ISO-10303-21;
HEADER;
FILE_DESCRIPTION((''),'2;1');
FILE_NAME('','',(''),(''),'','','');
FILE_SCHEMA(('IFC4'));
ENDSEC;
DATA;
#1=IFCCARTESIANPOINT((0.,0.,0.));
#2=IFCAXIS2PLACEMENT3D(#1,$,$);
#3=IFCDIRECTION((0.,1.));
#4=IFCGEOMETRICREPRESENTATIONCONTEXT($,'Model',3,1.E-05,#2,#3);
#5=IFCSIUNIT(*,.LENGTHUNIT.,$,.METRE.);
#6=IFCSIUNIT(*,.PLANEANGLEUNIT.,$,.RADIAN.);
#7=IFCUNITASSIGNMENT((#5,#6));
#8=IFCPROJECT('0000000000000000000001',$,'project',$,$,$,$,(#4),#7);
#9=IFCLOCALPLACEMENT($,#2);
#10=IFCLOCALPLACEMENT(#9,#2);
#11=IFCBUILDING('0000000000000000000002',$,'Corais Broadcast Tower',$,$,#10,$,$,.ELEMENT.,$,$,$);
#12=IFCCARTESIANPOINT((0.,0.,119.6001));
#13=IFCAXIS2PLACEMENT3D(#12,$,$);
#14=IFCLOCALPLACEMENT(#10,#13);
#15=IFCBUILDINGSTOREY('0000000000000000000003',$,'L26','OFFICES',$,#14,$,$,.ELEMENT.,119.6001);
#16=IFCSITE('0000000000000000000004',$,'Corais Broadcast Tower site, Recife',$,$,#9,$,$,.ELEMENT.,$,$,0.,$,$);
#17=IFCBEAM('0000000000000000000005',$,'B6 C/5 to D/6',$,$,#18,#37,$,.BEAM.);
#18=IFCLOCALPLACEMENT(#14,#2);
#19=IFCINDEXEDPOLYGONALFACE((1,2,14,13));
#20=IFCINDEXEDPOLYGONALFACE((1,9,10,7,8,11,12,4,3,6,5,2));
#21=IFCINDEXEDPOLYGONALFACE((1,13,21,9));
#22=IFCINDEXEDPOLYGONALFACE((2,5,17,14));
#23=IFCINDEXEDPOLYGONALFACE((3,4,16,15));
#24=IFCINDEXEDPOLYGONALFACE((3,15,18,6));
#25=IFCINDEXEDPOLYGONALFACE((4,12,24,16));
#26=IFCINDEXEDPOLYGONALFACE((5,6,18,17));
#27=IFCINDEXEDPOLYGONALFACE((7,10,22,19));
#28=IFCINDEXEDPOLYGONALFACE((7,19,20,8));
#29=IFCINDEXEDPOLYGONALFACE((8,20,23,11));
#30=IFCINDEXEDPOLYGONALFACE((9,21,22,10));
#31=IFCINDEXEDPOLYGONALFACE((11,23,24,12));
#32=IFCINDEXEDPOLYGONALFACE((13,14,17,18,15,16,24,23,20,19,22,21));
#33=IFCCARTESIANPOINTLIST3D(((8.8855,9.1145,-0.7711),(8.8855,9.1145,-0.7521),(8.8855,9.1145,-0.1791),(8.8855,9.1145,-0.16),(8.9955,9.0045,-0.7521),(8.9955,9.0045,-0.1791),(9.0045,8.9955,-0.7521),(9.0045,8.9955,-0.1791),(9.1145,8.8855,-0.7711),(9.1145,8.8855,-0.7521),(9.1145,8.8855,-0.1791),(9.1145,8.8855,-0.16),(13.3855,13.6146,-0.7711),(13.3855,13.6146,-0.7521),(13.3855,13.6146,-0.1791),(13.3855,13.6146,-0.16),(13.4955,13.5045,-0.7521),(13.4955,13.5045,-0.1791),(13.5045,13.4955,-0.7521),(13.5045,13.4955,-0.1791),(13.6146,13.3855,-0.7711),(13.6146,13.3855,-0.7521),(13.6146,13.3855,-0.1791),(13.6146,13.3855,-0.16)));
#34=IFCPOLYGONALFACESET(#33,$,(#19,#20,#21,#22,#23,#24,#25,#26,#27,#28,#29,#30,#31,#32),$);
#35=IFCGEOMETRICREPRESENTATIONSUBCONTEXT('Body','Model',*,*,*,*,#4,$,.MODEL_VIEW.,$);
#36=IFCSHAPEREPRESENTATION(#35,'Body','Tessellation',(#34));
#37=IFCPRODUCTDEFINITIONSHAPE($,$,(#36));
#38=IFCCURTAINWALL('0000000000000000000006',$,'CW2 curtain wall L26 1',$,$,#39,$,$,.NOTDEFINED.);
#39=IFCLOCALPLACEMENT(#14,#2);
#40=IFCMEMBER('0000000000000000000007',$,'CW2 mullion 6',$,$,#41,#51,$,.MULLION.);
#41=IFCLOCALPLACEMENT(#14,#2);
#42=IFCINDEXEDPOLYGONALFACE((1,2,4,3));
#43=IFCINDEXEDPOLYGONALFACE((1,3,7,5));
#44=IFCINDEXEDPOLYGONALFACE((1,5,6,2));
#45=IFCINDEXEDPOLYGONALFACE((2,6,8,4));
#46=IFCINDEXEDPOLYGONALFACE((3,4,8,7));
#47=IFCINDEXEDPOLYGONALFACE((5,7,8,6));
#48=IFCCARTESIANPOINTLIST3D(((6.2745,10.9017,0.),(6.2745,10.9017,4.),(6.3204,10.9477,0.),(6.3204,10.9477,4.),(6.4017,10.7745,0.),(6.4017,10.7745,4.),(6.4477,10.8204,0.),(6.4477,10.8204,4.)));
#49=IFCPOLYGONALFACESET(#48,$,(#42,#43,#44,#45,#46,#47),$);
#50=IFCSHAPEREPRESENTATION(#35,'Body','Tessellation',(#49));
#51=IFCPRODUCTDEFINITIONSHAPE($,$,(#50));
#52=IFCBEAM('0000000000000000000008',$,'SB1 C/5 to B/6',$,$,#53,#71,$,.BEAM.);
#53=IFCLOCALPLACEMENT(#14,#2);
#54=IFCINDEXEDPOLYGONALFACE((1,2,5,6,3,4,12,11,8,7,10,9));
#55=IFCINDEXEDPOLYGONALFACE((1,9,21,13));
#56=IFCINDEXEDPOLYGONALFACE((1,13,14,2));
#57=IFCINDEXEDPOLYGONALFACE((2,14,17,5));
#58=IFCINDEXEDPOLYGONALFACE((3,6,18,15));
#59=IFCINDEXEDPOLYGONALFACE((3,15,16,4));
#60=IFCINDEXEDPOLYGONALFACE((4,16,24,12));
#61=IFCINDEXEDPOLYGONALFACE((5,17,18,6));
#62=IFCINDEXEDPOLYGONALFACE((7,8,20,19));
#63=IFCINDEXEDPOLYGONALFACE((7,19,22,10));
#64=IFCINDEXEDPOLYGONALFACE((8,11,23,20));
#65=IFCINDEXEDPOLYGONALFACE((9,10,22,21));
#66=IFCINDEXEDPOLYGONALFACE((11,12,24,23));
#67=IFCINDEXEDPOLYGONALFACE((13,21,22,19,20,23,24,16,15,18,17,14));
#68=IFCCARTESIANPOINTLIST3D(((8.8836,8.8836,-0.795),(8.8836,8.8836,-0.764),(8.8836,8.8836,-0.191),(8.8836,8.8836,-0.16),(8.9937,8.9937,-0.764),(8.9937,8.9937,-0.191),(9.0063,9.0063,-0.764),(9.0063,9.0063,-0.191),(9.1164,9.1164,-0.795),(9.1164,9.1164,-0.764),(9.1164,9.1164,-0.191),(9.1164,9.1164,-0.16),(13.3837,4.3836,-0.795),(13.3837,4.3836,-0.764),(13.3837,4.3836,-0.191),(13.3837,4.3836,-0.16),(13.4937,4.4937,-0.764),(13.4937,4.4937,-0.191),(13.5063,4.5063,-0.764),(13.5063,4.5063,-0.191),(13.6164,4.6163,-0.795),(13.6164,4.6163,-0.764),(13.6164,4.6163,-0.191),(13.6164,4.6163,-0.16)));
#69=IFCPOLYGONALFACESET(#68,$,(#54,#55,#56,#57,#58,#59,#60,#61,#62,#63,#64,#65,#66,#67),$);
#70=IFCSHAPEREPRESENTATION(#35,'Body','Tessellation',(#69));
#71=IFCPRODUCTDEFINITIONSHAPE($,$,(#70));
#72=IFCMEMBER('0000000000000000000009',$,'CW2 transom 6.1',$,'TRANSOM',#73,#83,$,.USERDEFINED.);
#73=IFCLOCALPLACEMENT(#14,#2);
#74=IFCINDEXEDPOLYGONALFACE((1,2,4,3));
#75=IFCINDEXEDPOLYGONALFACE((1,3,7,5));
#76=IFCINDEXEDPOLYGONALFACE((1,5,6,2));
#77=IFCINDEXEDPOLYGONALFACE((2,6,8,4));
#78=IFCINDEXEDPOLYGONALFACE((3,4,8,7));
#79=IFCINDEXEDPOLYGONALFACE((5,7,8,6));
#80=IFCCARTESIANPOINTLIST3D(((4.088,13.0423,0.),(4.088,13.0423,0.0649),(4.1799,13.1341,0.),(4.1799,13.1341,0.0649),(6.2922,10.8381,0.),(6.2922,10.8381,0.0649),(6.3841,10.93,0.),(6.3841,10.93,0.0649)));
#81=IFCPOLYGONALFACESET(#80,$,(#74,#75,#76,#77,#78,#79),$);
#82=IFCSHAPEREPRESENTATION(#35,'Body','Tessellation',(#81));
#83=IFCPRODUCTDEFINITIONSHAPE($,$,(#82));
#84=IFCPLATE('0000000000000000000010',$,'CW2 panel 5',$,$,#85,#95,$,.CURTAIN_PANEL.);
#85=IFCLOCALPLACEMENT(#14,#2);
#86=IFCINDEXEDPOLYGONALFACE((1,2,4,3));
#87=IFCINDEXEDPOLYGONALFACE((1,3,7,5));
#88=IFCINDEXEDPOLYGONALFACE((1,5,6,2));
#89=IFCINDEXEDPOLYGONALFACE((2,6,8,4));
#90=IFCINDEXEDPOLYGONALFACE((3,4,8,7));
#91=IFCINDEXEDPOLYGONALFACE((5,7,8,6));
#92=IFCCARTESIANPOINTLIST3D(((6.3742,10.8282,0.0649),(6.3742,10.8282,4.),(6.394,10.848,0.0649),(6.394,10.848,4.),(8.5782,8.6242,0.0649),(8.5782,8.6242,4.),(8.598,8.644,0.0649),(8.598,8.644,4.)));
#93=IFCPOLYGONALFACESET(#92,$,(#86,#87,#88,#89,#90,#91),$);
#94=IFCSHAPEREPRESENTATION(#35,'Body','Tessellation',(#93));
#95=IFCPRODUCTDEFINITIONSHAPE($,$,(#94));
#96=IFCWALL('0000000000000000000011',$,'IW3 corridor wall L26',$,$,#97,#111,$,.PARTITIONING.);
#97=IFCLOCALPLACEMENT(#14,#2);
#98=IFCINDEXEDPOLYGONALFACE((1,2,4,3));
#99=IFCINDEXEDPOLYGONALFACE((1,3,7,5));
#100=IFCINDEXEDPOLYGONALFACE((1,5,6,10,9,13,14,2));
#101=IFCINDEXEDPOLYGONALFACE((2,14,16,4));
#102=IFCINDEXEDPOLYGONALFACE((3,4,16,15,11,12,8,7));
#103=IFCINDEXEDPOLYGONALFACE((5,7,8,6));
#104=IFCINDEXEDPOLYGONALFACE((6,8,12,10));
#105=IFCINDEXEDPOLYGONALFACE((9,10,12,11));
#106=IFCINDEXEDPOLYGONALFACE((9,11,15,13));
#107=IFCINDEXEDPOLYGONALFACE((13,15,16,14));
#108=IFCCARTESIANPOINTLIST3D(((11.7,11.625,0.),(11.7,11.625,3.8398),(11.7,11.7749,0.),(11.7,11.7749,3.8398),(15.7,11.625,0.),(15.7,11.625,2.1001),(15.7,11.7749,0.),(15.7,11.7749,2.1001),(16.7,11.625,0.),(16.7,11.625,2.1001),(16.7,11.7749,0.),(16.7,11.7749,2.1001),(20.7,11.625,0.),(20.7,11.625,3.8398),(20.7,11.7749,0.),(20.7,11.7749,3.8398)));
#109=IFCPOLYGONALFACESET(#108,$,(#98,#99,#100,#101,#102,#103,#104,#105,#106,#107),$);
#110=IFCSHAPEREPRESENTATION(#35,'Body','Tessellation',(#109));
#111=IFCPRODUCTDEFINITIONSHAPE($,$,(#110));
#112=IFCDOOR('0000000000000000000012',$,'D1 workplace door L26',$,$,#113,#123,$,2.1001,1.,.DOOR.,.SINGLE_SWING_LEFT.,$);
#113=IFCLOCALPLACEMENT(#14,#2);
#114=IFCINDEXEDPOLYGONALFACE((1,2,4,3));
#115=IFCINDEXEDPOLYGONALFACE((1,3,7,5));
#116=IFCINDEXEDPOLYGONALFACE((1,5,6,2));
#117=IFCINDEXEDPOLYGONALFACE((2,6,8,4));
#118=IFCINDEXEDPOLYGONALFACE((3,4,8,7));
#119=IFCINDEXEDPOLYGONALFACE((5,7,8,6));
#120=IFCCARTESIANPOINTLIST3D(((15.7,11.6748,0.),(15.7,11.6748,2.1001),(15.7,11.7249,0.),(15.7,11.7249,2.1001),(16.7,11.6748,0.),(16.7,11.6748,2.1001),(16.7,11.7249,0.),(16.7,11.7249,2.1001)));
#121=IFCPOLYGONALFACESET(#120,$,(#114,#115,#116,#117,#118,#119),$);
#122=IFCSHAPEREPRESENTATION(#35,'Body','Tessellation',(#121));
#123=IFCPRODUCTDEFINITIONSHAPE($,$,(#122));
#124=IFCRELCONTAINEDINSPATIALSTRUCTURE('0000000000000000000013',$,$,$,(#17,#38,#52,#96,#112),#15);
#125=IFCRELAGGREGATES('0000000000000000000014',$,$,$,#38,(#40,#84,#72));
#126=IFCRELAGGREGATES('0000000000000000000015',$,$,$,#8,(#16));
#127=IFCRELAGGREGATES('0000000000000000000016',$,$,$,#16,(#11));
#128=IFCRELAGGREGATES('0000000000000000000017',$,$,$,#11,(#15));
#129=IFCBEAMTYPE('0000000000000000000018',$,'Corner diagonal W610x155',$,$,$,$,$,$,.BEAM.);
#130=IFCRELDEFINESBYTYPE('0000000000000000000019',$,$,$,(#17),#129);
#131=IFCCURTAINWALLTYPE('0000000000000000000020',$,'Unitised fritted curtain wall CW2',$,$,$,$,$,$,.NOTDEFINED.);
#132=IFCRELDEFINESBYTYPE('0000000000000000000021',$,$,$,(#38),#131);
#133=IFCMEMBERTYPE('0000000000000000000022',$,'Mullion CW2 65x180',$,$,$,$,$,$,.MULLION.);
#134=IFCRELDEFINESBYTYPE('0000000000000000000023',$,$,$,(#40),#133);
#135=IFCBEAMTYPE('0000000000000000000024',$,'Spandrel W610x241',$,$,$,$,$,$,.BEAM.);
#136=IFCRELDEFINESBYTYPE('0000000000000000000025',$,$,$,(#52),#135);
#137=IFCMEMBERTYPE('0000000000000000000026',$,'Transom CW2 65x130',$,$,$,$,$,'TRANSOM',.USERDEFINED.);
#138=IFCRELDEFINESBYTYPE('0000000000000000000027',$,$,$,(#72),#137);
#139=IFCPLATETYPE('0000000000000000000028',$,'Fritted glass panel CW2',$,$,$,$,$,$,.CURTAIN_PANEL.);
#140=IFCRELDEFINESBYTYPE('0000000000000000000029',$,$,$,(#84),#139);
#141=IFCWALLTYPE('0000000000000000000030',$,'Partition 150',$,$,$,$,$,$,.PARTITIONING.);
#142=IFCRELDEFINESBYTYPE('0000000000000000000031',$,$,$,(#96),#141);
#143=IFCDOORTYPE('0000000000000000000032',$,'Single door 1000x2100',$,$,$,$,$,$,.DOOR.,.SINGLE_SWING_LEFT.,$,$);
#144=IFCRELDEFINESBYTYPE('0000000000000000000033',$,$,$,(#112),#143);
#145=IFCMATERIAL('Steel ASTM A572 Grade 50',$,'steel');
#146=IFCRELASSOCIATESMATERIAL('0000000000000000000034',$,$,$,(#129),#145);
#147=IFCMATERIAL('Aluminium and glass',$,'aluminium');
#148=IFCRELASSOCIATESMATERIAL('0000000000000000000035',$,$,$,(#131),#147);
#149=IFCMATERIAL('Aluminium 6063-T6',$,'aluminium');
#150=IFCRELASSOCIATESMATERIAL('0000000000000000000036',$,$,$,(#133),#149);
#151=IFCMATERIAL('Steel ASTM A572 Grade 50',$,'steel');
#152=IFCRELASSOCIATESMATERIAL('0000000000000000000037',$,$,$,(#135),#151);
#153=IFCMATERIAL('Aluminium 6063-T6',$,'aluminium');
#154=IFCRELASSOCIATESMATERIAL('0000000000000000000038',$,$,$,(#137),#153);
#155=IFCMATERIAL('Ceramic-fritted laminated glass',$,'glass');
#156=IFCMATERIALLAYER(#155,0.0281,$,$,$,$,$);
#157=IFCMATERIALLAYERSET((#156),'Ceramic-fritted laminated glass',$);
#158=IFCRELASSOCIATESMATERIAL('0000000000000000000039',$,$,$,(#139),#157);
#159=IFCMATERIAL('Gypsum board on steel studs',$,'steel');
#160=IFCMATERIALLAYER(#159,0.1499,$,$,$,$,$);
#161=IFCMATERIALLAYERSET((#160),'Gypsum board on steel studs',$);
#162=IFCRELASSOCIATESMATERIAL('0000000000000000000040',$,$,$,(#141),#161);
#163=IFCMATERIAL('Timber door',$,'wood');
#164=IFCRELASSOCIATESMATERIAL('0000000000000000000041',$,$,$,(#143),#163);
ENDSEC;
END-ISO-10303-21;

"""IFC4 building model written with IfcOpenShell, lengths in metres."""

from ifc_helpers import new_model, si_unit, direction, frame, frame_2d, origin, origin_2d, place, context, subcontext, project, spatial, rectangle, i_section, extrude, material, layer, layer_set, material_profile, profile_set, type_object, element, fill, aggregate, save


model = new_model("IFC4")

# Units and contexts
model_context = context("Model", 3, precision=1e-05, world=origin(), true_north=direction((0.0, 1.0)))
body_context = subcontext(model_context, "Body", "Model", "MODEL_VIEW")
ifc_project = project(units=[si_unit("LENGTHUNIT", "METRE"), si_unit("PLANEANGLEUNIT", "RADIAN")], contexts=[model_context])

# Site, building, storey
site_placement = place(None, origin())
site = spatial("IfcSite", under=ifc_project, at=site_placement, Name="Corais Broadcast Tower site, Recife", CompositionType="ELEMENT", RefElevation=0.0)
building_placement = place(site_placement, origin())
building = spatial("IfcBuilding", under=site, at=building_placement, Name="Corais Broadcast Tower", CompositionType="ELEMENT")
storey_placement = place(building_placement, frame((0.0, 0.0, 119.6001)))
storey = spatial("IfcBuildingStorey", under=building, at=storey_placement, Name="L26", Description="OFFICES", CompositionType="ELEMENT", Elevation=119.6001)

# Beam
ifc_material_1 = material(Name="Steel ASTM A572 Grade 50", Category="steel")
ifc_material_profile_1 = material_profile(ifc_material_1, i_section(OverallWidth=0.324, OverallDepth=0.6111, WebThickness=0.0127, FlangeThickness=0.019, at=origin_2d()), Name="W610x155")
ifc_profile_set_1 = profile_set([ifc_material_profile_1], Name="Steel ASTM A572 Grade 50")
beam_type_1 = type_object("IfcBeamType", Name="Corner diagonal W610x155", PredefinedType="BEAM", material=ifc_profile_set_1)
beam_1_placement = place(storey_placement, frame((9.0, 9.0, -0.4656), z_axis=(0.707107, 0.707107, 0.0), x_axis=(-0.707107, 0.707107, 0.0)))
element("IfcBeam", 1, at=beam_1_placement, inside=storey, type_object=beam_type_1, Name="B6 C/5 to D/6", PredefinedType="BEAM", context=body_context, shape_type="SweptSolid", body=[
    extrude(i_section(OverallWidth=0.324, OverallDepth=0.6111, WebThickness=0.0127, FlangeThickness=0.019, at=origin_2d()), origin(), (0.0, 0.0, 1.0), 6.364),
])

# Curtain wall, member
ifc_material_2 = material(Name="Aluminium and glass", Category="aluminium")
curtain_wall_type = type_object("IfcCurtainWallType", Name="Unitised fritted curtain wall CW2", PredefinedType="NOTDEFINED", material=ifc_material_2)
curtain_wall_placement = place(storey_placement, origin())
curtain_wall = element("IfcCurtainWall", 2, at=curtain_wall_placement, inside=storey, type_object=curtain_wall_type, Name="CW2 curtain wall L26 1", PredefinedType="NOTDEFINED")
ifc_material_3 = material(Name="Aluminium 6063-T6", Category="aluminium")
ifc_material_profile_2 = material_profile(ifc_material_3, rectangle(XDim=0.0649, YDim=0.1799, at=origin_2d()), Name="Mullion CW2 65x180")
ifc_profile_set_2 = profile_set([ifc_material_profile_2], Name="Aluminium 6063-T6")
member_type_1 = type_object("IfcMemberType", Name="Mullion CW2 65x180", PredefinedType="MULLION", material=ifc_profile_set_2)
member_1_placement = place(storey_placement, frame((6.3611, 10.8611, 0.0), z_axis=(0.0, 0.0, 1.0), x_axis=(-0.707107, -0.707107, 0.0)))
member_1 = element("IfcMember", 3, at=member_1_placement, type_object=member_type_1, Name="CW2 mullion 6", PredefinedType="MULLION", context=body_context, shape_type="SweptSolid", body=[
    extrude(rectangle(XDim=0.0649, YDim=0.1799, at=origin_2d()), origin(), (0.0, 0.0, 1.0), 4.0),
])

# Beam
ifc_material_4 = material(Name="Steel ASTM A572 Grade 50", Category="steel")
ifc_material_profile_3 = material_profile(ifc_material_4, i_section(OverallWidth=0.3291, OverallDepth=0.635, WebThickness=0.0178, FlangeThickness=0.031, at=origin_2d()), Name="W610x241")
ifc_profile_set_3 = profile_set([ifc_material_profile_3], Name="Steel ASTM A572 Grade 50")
beam_type_2 = type_object("IfcBeamType", Name="Spandrel W610x241", PredefinedType="BEAM", material=ifc_profile_set_3)
beam_2_placement = place(storey_placement, frame((9.0, 9.0, -0.4775), z_axis=(0.707107, -0.707107, 0.0), x_axis=(0.707107, 0.707107, 0.0)))
element("IfcBeam", 4, at=beam_2_placement, inside=storey, type_object=beam_type_2, Name="SB1 C/5 to B/6", PredefinedType="BEAM", context=body_context, shape_type="SweptSolid", body=[
    extrude(i_section(OverallWidth=0.3291, OverallDepth=0.635, WebThickness=0.0178, FlangeThickness=0.031, at=origin_2d()), origin(), (0.0, 0.0, 1.0), 6.364),
])

# Member
ifc_material_5 = material(Name="Aluminium 6063-T6", Category="aluminium")
ifc_material_profile_4 = material_profile(ifc_material_5, rectangle(XDim=0.1299, YDim=0.0649, at=origin_2d()), Name="Transom CW2 65x130")
ifc_profile_set_4 = profile_set([ifc_material_profile_4], Name="Aluminium 6063-T6")
member_type_2 = type_object("IfcMemberType", Name="Transom CW2 65x130", ElementType="TRANSOM", PredefinedType="USERDEFINED", material=ifc_profile_set_4)
member_2_placement = place(storey_placement, frame((6.3381, 10.884, 0.0325), z_axis=(-0.707107, 0.707107, 0.0), x_axis=(-0.707107, -0.707107, 0.0)))
member_2 = element("IfcMember", 5, at=member_2_placement, type_object=member_type_2, Name="CW2 transom 6.1", ObjectType="TRANSOM", PredefinedType="USERDEFINED", context=body_context, shape_type="SweptSolid", body=[
    extrude(rectangle(XDim=0.1299, YDim=0.0649, at=origin_2d()), origin(), (0.0, 0.0, 1.0), 3.1172),
])

# Plate
ifc_material_6 = material(Name="Ceramic-fritted laminated glass", Category="glass")
ifc_layer_1 = layer(ifc_material_6, 0.0281)
ifc_layer_set_1 = layer_set([ifc_layer_1], Name="Ceramic-fritted laminated glass")
plate_type = type_object("IfcPlateType", Name="Fritted glass panel CW2", PredefinedType="CURTAIN_PANEL", material=ifc_layer_set_1)
plate_placement = place(storey_placement, frame((7.4861, 9.7361, 0.0649), z_axis=(0.0, 0.0, 1.0), x_axis=(-0.707107, 0.707107, 0.0)))
plate = element("IfcPlate", 6, at=plate_placement, type_object=plate_type, Name="CW2 panel 5", PredefinedType="CURTAIN_PANEL", context=body_context, shape_type="SweptSolid", body=[
    extrude(rectangle(XDim=3.1169, YDim=0.0281, at=origin_2d()), origin(), (0.0, 0.0, 1.0), 3.9351),
])
aggregate(curtain_wall, [member_1, plate, member_2])

# Wall, opening, door
ifc_material_7 = material(Name="Gypsum board on steel studs", Category="steel")
ifc_layer_2 = layer(ifc_material_7, 0.1499)
ifc_layer_set_2 = layer_set([ifc_layer_2], Name="Gypsum board on steel studs")
wall_type = type_object("IfcWallType", Name="Partition 150", PredefinedType="PARTITIONING", material=ifc_layer_set_2)
wall_placement = place(storey_placement, frame((11.7, 11.7, 0.0), z_axis=(0.0, 0.0, 1.0), x_axis=(1.0, 0.0, 0.0)))
wall = element("IfcWall", 7, at=wall_placement, inside=storey, type_object=wall_type, Name="IW3 corridor wall L26", PredefinedType="PARTITIONING", context=body_context, shape_type="SweptSolid", body=[
    extrude(rectangle(XDim=9.0, YDim=0.1499, at=frame_2d((4.5, 0.0))), origin(), (0.0, 0.0, 1.0), 3.8398),
])
opening_placement = place(wall_placement, frame((4.0, 0.0, 0.0)))
opening = element("IfcOpeningElement", 8, at=opening_placement, cuts=wall, PredefinedType="OPENING", context=body_context, shape_type="SweptSolid", body=[
    extrude(rectangle(XDim=1.0, YDim=2.1001, at=frame_2d((0.5, 1.05))), frame((0.0, 0.085, 0.0), z_axis=(0.0, -1.0, 0.0), x_axis=(1.0, 0.0, 0.0)), (0.0, 0.0, 1.0), 0.1699),
])
ifc_material_8 = material(Name="Timber door", Category="wood")
door_type = type_object("IfcDoorType", Name="Single door 1000x2100", OperationType="SINGLE_SWING_LEFT", PredefinedType="DOOR", material=ifc_material_8)
door_placement = place(opening_placement, origin())
door = element("IfcDoor", 9, at=door_placement, inside=storey, type_object=door_type, Name="D1 workplace door L26", OperationType="SINGLE_SWING_LEFT", OverallHeight=2.1001, OverallWidth=1.0, PredefinedType="DOOR", context=body_context, shape_type="SweptSolid", body=[
    extrude(rectangle(XDim=1.0, YDim=2.1001, at=frame_2d((0.5, 1.05))), frame((0.0, 0.0249, 0.0), z_axis=(0.0, -1.0, 0.0), x_axis=(1.0, 0.0, 0.0)), (0.0, 0.0, 1.0), 0.05),
])
fill(opening, door)

save(model, "model.ifc")
